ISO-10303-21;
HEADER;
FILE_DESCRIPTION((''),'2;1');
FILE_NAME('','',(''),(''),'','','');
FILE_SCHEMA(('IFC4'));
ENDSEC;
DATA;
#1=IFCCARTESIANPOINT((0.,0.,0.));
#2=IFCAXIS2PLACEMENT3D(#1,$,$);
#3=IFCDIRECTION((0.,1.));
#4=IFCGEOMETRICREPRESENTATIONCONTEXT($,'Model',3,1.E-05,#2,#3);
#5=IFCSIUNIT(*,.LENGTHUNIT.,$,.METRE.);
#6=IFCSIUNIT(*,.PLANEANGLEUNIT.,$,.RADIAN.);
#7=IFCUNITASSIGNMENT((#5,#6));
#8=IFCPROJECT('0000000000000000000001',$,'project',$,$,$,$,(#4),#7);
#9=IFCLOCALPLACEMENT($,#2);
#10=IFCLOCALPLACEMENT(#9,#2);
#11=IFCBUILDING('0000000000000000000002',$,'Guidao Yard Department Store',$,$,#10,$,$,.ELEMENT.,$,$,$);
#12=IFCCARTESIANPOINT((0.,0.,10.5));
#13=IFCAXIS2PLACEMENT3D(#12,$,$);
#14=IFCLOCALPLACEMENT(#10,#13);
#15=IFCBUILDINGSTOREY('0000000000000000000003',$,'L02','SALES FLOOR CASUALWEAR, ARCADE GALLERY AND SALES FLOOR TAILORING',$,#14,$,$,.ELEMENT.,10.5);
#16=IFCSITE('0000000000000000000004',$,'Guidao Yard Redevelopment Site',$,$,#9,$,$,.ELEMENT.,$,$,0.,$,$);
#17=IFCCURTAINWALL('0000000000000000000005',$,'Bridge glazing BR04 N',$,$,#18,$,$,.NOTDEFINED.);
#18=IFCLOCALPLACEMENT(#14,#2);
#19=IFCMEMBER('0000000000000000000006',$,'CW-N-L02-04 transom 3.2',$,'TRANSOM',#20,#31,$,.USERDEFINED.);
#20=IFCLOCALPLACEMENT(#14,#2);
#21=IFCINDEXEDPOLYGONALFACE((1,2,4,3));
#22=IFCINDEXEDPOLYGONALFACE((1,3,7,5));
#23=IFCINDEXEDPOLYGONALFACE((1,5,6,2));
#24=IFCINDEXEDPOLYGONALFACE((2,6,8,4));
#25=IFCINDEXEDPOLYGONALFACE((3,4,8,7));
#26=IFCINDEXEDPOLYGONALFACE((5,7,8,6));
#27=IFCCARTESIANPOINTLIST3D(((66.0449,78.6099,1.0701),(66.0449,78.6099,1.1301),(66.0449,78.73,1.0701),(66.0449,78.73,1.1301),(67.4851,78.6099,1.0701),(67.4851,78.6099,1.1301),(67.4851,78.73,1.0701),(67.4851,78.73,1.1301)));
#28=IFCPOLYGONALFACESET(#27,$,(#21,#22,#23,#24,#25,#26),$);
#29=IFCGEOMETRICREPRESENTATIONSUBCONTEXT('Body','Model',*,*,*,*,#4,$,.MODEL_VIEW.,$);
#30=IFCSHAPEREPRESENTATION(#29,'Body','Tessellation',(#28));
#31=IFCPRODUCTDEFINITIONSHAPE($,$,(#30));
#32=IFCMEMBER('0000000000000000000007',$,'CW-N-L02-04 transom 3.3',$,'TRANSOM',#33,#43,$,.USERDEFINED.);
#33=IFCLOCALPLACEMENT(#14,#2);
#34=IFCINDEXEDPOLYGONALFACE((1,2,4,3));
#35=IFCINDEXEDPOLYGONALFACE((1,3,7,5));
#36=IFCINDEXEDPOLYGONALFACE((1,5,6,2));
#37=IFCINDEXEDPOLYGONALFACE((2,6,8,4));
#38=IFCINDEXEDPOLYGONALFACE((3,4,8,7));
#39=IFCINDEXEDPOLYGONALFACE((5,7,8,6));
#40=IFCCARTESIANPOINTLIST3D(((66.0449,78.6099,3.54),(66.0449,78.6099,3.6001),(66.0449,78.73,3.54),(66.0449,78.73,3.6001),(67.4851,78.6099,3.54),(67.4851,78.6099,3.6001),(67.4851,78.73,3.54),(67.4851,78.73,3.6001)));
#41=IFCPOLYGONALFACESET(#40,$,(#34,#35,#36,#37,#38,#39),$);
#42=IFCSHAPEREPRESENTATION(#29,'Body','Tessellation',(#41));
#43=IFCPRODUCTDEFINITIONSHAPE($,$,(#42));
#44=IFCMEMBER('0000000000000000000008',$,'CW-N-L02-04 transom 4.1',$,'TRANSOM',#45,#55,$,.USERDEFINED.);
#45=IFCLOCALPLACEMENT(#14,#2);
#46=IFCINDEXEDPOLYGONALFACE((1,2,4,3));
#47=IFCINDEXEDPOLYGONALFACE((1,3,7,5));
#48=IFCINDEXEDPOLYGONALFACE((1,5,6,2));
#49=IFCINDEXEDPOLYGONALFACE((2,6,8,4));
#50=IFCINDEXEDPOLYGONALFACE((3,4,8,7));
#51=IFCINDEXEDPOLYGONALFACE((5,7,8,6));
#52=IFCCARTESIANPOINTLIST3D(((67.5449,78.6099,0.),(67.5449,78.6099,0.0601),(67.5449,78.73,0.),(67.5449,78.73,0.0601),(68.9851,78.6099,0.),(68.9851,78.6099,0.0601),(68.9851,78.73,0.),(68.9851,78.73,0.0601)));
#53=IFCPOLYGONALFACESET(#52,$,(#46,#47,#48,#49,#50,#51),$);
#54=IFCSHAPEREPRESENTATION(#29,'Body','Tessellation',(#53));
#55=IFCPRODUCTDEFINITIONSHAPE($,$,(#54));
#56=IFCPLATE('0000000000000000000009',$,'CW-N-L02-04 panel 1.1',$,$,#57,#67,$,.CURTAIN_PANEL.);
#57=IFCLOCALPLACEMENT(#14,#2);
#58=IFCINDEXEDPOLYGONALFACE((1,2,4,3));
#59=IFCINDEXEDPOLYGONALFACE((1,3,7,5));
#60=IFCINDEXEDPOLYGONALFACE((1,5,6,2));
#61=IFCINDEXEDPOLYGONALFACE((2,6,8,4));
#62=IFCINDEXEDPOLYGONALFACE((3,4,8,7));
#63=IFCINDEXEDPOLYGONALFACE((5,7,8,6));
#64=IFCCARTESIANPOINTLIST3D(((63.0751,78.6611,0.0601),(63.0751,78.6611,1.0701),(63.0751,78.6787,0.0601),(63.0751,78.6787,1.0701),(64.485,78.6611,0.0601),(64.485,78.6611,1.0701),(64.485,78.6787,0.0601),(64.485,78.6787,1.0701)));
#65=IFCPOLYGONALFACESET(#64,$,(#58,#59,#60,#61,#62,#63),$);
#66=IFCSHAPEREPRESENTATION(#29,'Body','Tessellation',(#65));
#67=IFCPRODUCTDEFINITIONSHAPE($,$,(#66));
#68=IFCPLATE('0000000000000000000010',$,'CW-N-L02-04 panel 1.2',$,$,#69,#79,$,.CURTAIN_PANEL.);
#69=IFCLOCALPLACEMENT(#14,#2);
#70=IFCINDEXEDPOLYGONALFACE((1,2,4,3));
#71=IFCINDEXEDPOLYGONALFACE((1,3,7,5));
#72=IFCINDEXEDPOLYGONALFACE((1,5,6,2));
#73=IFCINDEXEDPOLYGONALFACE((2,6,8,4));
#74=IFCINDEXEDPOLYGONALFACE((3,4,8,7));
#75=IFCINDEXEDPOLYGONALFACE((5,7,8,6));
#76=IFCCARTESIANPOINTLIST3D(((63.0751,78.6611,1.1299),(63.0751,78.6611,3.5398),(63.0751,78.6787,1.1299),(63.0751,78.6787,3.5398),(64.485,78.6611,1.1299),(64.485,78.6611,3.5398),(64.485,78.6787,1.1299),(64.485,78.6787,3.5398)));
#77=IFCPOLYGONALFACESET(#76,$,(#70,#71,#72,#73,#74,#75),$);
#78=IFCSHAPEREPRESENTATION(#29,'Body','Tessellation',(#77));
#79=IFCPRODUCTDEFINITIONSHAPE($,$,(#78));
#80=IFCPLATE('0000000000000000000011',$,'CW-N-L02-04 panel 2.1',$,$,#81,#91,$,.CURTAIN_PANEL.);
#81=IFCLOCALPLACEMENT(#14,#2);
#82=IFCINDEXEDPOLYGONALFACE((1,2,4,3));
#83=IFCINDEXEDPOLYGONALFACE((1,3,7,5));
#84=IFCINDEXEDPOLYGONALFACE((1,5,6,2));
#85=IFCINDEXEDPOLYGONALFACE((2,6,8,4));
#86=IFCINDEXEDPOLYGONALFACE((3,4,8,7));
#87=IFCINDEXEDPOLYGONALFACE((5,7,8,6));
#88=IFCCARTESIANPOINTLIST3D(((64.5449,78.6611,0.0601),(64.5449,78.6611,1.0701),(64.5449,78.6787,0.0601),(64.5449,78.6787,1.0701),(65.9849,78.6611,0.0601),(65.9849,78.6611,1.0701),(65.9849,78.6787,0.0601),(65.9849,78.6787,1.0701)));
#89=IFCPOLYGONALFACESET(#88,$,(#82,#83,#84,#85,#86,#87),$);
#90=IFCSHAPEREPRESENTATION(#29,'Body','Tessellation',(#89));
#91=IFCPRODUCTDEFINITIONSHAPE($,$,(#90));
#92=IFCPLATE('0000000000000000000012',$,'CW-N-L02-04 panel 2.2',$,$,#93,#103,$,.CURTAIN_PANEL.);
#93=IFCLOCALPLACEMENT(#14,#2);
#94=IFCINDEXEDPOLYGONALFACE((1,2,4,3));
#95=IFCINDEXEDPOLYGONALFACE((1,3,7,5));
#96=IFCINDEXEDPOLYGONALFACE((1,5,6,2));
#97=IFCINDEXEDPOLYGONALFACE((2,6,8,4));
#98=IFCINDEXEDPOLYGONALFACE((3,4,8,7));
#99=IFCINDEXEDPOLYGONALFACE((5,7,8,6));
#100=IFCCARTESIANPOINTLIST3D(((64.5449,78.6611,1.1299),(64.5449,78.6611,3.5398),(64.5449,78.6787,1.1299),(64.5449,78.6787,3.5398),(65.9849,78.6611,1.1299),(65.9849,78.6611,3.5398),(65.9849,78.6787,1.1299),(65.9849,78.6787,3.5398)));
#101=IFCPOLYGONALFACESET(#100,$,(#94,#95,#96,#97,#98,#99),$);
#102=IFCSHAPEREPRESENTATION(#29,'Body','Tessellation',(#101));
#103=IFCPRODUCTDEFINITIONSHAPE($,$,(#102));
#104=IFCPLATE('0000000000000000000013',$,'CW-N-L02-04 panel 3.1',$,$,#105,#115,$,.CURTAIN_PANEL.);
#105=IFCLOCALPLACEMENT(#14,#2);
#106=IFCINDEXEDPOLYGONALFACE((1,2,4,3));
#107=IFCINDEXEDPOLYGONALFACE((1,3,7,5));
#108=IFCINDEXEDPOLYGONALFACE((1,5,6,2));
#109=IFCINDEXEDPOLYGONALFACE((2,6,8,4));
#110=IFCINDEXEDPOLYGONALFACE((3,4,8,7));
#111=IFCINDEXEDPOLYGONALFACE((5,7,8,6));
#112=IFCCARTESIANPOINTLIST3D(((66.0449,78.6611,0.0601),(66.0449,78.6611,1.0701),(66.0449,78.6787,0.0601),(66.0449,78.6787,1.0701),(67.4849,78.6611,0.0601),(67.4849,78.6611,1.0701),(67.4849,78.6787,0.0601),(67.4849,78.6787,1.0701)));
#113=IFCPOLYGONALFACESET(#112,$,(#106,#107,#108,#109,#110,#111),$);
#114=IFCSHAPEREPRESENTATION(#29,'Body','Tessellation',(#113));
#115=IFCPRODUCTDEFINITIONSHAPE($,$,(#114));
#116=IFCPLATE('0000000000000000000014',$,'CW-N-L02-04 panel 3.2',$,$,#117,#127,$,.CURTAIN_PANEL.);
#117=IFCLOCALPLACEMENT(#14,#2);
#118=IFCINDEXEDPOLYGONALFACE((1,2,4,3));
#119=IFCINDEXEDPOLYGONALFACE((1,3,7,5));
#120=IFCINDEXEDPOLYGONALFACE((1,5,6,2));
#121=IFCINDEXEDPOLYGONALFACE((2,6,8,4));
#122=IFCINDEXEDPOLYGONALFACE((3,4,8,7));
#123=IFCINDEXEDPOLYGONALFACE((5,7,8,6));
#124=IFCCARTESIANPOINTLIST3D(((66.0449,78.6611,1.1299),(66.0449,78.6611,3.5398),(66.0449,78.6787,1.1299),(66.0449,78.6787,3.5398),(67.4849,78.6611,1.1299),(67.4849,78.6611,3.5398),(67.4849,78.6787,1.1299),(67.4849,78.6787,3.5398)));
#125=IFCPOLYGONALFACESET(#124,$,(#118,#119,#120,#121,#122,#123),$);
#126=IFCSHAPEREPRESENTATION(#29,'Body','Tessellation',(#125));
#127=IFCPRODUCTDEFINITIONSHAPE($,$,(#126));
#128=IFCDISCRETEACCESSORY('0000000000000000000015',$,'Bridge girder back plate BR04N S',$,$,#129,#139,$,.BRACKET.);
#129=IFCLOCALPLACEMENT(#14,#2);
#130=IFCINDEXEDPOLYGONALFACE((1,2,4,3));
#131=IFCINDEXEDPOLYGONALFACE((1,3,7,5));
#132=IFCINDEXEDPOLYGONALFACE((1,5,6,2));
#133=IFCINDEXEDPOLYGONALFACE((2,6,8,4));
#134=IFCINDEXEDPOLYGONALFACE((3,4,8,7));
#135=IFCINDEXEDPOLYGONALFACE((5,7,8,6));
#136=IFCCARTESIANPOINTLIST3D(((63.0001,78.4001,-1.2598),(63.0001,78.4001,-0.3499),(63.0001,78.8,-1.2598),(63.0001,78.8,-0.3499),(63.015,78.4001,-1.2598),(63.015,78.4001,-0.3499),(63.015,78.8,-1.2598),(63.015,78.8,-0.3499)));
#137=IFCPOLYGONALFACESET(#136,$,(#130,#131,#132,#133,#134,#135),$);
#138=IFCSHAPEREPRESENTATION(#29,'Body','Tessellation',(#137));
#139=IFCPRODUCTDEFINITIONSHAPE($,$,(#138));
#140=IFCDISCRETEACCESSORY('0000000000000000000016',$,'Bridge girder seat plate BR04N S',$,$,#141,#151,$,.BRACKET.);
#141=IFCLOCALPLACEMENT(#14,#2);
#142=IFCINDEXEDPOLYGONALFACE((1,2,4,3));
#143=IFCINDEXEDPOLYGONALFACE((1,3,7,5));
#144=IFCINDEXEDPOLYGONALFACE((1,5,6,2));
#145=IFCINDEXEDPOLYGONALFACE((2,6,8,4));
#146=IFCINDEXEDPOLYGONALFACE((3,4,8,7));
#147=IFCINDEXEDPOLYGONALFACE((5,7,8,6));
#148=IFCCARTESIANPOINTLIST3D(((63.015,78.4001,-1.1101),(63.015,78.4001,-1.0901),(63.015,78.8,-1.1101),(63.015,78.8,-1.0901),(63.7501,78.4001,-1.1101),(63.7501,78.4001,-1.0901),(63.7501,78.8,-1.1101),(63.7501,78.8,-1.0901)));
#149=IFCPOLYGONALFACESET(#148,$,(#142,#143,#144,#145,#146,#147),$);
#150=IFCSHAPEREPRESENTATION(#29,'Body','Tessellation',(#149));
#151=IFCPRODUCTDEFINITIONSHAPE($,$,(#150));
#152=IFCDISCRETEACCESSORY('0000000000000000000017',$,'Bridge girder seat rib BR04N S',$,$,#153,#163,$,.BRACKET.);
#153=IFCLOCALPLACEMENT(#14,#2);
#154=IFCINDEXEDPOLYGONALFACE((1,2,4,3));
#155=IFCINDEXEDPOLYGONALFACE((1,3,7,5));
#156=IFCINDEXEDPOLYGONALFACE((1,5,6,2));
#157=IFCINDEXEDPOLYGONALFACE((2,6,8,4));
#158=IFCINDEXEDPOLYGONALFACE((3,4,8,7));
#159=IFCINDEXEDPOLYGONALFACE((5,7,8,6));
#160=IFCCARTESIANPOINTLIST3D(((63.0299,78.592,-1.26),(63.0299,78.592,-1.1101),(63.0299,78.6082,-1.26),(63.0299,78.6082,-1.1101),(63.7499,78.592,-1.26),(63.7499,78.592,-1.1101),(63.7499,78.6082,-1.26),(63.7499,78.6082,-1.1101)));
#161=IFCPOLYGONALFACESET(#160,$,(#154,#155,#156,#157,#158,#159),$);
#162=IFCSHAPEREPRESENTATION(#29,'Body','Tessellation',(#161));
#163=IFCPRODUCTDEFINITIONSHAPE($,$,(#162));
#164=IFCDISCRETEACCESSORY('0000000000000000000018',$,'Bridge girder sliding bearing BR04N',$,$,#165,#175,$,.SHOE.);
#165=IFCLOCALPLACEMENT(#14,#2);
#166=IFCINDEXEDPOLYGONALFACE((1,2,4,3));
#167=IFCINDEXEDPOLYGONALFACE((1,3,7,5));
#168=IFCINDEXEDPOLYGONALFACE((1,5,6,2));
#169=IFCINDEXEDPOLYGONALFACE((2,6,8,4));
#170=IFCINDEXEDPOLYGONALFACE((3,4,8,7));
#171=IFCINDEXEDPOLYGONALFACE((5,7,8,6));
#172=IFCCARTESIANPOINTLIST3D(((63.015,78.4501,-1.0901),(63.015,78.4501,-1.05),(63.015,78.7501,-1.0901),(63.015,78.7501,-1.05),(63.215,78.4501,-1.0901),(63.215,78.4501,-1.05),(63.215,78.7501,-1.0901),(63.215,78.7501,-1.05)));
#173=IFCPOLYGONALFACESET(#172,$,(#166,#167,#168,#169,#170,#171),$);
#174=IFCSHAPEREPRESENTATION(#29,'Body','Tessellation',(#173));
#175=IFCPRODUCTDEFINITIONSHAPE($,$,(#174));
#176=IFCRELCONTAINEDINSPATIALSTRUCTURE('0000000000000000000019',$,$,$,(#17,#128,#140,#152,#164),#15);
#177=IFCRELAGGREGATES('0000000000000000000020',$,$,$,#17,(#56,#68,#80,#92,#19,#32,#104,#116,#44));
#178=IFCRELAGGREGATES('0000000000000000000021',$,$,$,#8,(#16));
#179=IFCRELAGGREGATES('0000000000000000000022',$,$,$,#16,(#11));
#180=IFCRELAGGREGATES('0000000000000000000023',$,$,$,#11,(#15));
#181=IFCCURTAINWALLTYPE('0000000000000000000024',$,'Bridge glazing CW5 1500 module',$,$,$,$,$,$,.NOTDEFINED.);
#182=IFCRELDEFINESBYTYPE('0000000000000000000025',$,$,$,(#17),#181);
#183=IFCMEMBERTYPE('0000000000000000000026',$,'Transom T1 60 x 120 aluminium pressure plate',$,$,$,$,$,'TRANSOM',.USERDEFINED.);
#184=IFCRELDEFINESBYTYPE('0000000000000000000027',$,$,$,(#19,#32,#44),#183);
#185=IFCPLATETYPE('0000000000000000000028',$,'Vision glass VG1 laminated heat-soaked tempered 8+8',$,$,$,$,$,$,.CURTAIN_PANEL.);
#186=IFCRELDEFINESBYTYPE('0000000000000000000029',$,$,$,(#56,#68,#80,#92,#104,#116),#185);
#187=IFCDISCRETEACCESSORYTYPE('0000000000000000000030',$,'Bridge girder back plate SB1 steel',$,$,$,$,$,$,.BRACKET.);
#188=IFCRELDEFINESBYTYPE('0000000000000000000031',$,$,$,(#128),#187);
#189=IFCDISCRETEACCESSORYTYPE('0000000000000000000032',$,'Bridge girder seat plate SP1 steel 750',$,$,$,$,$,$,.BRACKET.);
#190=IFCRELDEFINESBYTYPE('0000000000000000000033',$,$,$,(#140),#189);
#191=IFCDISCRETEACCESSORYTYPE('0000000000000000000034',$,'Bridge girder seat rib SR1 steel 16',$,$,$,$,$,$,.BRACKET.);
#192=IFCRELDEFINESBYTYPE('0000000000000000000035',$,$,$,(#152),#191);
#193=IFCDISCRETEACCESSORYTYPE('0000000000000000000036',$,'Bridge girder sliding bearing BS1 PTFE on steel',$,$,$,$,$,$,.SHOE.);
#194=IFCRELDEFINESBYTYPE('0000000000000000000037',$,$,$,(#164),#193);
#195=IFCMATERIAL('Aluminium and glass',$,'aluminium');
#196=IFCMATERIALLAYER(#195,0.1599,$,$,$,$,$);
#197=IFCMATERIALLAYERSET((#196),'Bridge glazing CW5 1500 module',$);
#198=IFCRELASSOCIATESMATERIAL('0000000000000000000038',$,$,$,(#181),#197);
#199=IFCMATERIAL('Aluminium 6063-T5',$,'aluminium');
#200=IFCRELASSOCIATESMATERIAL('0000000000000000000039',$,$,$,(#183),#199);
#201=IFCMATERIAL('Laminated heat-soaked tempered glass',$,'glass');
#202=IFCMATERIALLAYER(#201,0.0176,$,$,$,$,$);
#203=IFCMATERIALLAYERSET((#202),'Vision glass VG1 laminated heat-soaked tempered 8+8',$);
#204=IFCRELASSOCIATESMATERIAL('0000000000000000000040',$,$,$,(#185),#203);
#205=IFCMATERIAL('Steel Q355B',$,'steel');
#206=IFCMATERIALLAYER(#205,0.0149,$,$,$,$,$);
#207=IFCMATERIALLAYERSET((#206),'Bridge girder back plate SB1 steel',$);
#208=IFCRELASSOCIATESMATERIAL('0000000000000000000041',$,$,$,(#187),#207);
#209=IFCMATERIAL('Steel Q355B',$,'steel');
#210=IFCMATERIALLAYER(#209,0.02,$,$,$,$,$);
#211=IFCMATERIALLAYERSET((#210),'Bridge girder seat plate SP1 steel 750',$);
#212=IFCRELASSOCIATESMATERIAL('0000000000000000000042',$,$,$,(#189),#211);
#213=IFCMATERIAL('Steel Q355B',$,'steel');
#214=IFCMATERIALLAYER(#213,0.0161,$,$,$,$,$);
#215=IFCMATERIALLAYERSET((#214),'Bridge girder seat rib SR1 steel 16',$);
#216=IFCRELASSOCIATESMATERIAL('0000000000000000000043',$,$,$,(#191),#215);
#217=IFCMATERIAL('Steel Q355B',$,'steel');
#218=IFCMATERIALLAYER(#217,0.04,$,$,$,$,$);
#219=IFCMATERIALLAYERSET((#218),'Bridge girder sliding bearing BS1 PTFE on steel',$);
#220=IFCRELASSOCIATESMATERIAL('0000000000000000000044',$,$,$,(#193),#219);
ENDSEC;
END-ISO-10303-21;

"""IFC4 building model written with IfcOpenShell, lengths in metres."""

from ifc_helpers import new_model, si_unit, direction, frame, origin, origin_2d, place, context, subcontext, project, spatial, rectangle, extrude, material, layer, layer_set, material_profile, profile_set, type_object, element, aggregate, save


model = new_model("IFC4")

# Units and contexts
model_context = context("Model", 3, precision=1e-05, world=origin(), true_north=direction((0.0, 1.0)))
body_context = subcontext(model_context, "Body", "Model", "MODEL_VIEW")
ifc_project = project(units=[si_unit("LENGTHUNIT", "METRE"), si_unit("PLANEANGLEUNIT", "RADIAN")], contexts=[model_context])

# Site, building, storey
site_placement = place(None, origin())
site = spatial("IfcSite", under=ifc_project, at=site_placement, Name="Guidao Yard Redevelopment Site", CompositionType="ELEMENT", RefElevation=0.0)
building_placement = place(site_placement, origin())
building = spatial("IfcBuilding", under=site, at=building_placement, Name="Guidao Yard Department Store", CompositionType="ELEMENT")
storey_placement = place(building_placement, frame((0.0, 0.0, 10.5)))
storey = spatial("IfcBuildingStorey", under=building, at=storey_placement, Name="L02", Description="SALES FLOOR CASUALWEAR, ARCADE GALLERY AND SALES FLOOR TAILORING", CompositionType="ELEMENT", Elevation=10.5)

# Curtain wall, members, plates
ifc_material_1 = material(Name="Aluminium and glass", Category="aluminium")
ifc_layer_1 = layer(ifc_material_1, 0.1599)
ifc_layer_set_1 = layer_set([ifc_layer_1], Name="Bridge glazing CW5 1500 module")
curtain_wall_type = type_object("IfcCurtainWallType", Name="Bridge glazing CW5 1500 module", PredefinedType="NOTDEFINED", material=ifc_layer_set_1)
curtain_wall_placement = place(storey_placement, origin())
curtain_wall = element("IfcCurtainWall", 1, at=curtain_wall_placement, inside=storey, type_object=curtain_wall_type, Name="Bridge glazing BR04 N", PredefinedType="NOTDEFINED")
ifc_material_2 = material(Name="Aluminium 6063-T5", Category="aluminium")
ifc_material_profile_1 = material_profile(ifc_material_2, rectangle(XDim=0.1201, YDim=0.0601, at=origin_2d()), Name="Transom T1 60 x 120 aluminium pressure plate")
ifc_profile_set_1 = profile_set([ifc_material_profile_1], Name="Aluminium 6063-T5")
member_type_1 = type_object("IfcMemberType", Name="Transom T1 60 x 120 aluminium pressure plate", ElementType="TRANSOM", PredefinedType="USERDEFINED", material=ifc_profile_set_1)
member_1_placement = place(storey_placement, frame((66.0449, 78.6699, 1.1001), z_axis=(1.0, 0.0, 0.0), x_axis=(0.0, 1.0, 0.0)))
member_1 = element("IfcMember", 2, at=member_1_placement, type_object=member_type_1, Name="CW-N-L02-04 transom 3.2", ObjectType="TRANSOM", PredefinedType="USERDEFINED", context=body_context, shape_type="SweptSolid", body=[
    extrude(rectangle(XDim=0.1201, YDim=0.0601, at=origin_2d()), origin(), (0.0, 0.0, 1.0), 1.4402),
])
member_2_placement = place(storey_placement, frame((66.0449, 78.6699, 3.5701), z_axis=(1.0, 0.0, 0.0), x_axis=(0.0, 1.0, 0.0)))
member_2 = element("IfcMember", 3, at=member_2_placement, type_object=member_type_1, Name="CW-N-L02-04 transom 3.3", ObjectType="TRANSOM", PredefinedType="USERDEFINED", context=body_context, shape_type="SweptSolid", body=[
    extrude(rectangle(XDim=0.1201, YDim=0.0601, at=origin_2d()), origin(), (0.0, 0.0, 1.0), 1.4402),
])
member_3_placement = place(storey_placement, frame((67.5449, 78.6699, 0.03), z_axis=(1.0, 0.0, 0.0), x_axis=(0.0, 1.0, 0.0)))
member_3 = element("IfcMember", 4, at=member_3_placement, type_object=member_type_1, Name="CW-N-L02-04 transom 4.1", ObjectType="TRANSOM", PredefinedType="USERDEFINED", context=body_context, shape_type="SweptSolid", body=[
    extrude(rectangle(XDim=0.1201, YDim=0.0601, at=origin_2d()), origin(), (0.0, 0.0, 1.0), 1.4402),
])
ifc_material_3 = material(Name="Laminated heat-soaked tempered glass", Category="glass")
ifc_layer_2 = layer(ifc_material_3, 0.0176)
ifc_layer_set_2 = layer_set([ifc_layer_2], Name="Vision glass VG1 laminated heat-soaked tempered 8+8")
plate_type = type_object("IfcPlateType", Name="Vision glass VG1 laminated heat-soaked tempered 8+8", PredefinedType="CURTAIN_PANEL", material=ifc_layer_set_2)
plate_1_placement = place(storey_placement, frame((63.78, 78.6699, 0.0601), z_axis=(0.0, 0.0, 1.0), x_axis=(1.0, 0.0, 0.0)))
plate_1 = element("IfcPlate", 5, at=plate_1_placement, type_object=plate_type, Name="CW-N-L02-04 panel 1.1", PredefinedType="CURTAIN_PANEL", context=body_context, shape_type="SweptSolid", body=[
    extrude(rectangle(XDim=1.4099, YDim=0.0176, at=origin_2d()), origin(), (0.0, 0.0, 1.0), 1.01),
])
plate_2_placement = place(storey_placement, frame((63.78, 78.6699, 1.1299), z_axis=(0.0, 0.0, 1.0), x_axis=(1.0, 0.0, 0.0)))
plate_2 = element("IfcPlate", 6, at=plate_2_placement, type_object=plate_type, Name="CW-N-L02-04 panel 1.2", PredefinedType="CURTAIN_PANEL", context=body_context, shape_type="SweptSolid", body=[
    extrude(rectangle(XDim=1.4099, YDim=0.0176, at=origin_2d()), origin(), (0.0, 0.0, 1.0), 2.4099),
])
plate_3_placement = place(storey_placement, frame((65.2649, 78.6699, 0.0601), z_axis=(0.0, 0.0, 1.0), x_axis=(1.0, 0.0, 0.0)))
plate_3 = element("IfcPlate", 7, at=plate_3_placement, type_object=plate_type, Name="CW-N-L02-04 panel 2.1", PredefinedType="CURTAIN_PANEL", context=body_context, shape_type="SweptSolid", body=[
    extrude(rectangle(XDim=1.4399, YDim=0.0176, at=origin_2d()), origin(), (0.0, 0.0, 1.0), 1.01),
])
plate_4_placement = place(storey_placement, frame((65.2649, 78.6699, 1.1299), z_axis=(0.0, 0.0, 1.0), x_axis=(1.0, 0.0, 0.0)))
plate_4 = element("IfcPlate", 8, at=plate_4_placement, type_object=plate_type, Name="CW-N-L02-04 panel 2.2", PredefinedType="CURTAIN_PANEL", context=body_context, shape_type="SweptSolid", body=[
    extrude(rectangle(XDim=1.4399, YDim=0.0176, at=origin_2d()), origin(), (0.0, 0.0, 1.0), 2.4099),
])
plate_5_placement = place(storey_placement, frame((66.7649, 78.6699, 0.0601), z_axis=(0.0, 0.0, 1.0), x_axis=(1.0, 0.0, 0.0)))
plate_5 = element("IfcPlate", 9, at=plate_5_placement, type_object=plate_type, Name="CW-N-L02-04 panel 3.1", PredefinedType="CURTAIN_PANEL", context=body_context, shape_type="SweptSolid", body=[
    extrude(rectangle(XDim=1.4399, YDim=0.0176, at=origin_2d()), origin(), (0.0, 0.0, 1.0), 1.01),
])
plate_6_placement = place(storey_placement, frame((66.7649, 78.6699, 1.1299), z_axis=(0.0, 0.0, 1.0), x_axis=(1.0, 0.0, 0.0)))
plate_6 = element("IfcPlate", 10, at=plate_6_placement, type_object=plate_type, Name="CW-N-L02-04 panel 3.2", PredefinedType="CURTAIN_PANEL", context=body_context, shape_type="SweptSolid", body=[
    extrude(rectangle(XDim=1.4399, YDim=0.0176, at=origin_2d()), origin(), (0.0, 0.0, 1.0), 2.4099),
])
aggregate(curtain_wall, [plate_1, plate_2, plate_3, plate_4, member_1, member_2, plate_5, plate_6, member_3])

# Discrete accessories
ifc_material_4 = material(Name="Steel Q355B", Category="steel")
ifc_layer_3 = layer(ifc_material_4, 0.0149)
ifc_layer_set_3 = layer_set([ifc_layer_3], Name="Bridge girder back plate SB1 steel")
discrete_accessory_type_1 = type_object("IfcDiscreteAccessoryType", Name="Bridge girder back plate SB1 steel", PredefinedType="BRACKET", material=ifc_layer_set_3)
discrete_accessory_1_placement = place(storey_placement, frame((63.0076, 78.6001, -1.2598), z_axis=(0.0, 0.0, 1.0), x_axis=(1.0, 0.0, 0.0)))
element("IfcDiscreteAccessory", 11, at=discrete_accessory_1_placement, inside=storey, type_object=discrete_accessory_type_1, Name="Bridge girder back plate BR04N S", PredefinedType="BRACKET", context=body_context, shape_type="SweptSolid", body=[
    extrude(rectangle(XDim=0.0149, YDim=0.3999, at=origin_2d()), origin(), (0.0, 0.0, 1.0), 0.9099),
])
ifc_material_5 = material(Name="Steel Q355B", Category="steel")
ifc_layer_4 = layer(ifc_material_5, 0.02)
ifc_layer_set_4 = layer_set([ifc_layer_4], Name="Bridge girder seat plate SP1 steel 750")
discrete_accessory_type_2 = type_object("IfcDiscreteAccessoryType", Name="Bridge girder seat plate SP1 steel 750", PredefinedType="BRACKET", material=ifc_layer_set_4)
discrete_accessory_2_placement = place(storey_placement, frame((63.3826, 78.6001, -1.1101), z_axis=(0.0, 0.0, 1.0), x_axis=(1.0, 0.0, 0.0)))
element("IfcDiscreteAccessory", 12, at=discrete_accessory_2_placement, inside=storey, type_object=discrete_accessory_type_2, Name="Bridge girder seat plate BR04N S", PredefinedType="BRACKET", context=body_context, shape_type="SweptSolid", body=[
    extrude(rectangle(XDim=0.7351, YDim=0.3999, at=origin_2d()), origin(), (0.0, 0.0, 1.0), 0.02),
])
ifc_material_6 = material(Name="Steel Q355B", Category="steel")
ifc_layer_5 = layer(ifc_material_6, 0.0161)
ifc_layer_set_5 = layer_set([ifc_layer_5], Name="Bridge girder seat rib SR1 steel 16")
discrete_accessory_type_3 = type_object("IfcDiscreteAccessoryType", Name="Bridge girder seat rib SR1 steel 16", PredefinedType="BRACKET", material=ifc_layer_set_5)
discrete_accessory_3_placement = place(storey_placement, frame((63.3899, 78.6001, -1.26), z_axis=(0.0, 0.0, 1.0), x_axis=(1.0, 0.0, 0.0)))
element("IfcDiscreteAccessory", 13, at=discrete_accessory_3_placement, inside=storey, type_object=discrete_accessory_type_3, Name="Bridge girder seat rib BR04N S", PredefinedType="BRACKET", context=body_context, shape_type="SweptSolid", body=[
    extrude(rectangle(XDim=0.72, YDim=0.0161, at=origin_2d()), origin(), (0.0, 0.0, 1.0), 0.1499),
])
ifc_material_7 = material(Name="Steel Q355B", Category="steel")
ifc_layer_6 = layer(ifc_material_7, 0.04)
ifc_layer_set_6 = layer_set([ifc_layer_6], Name="Bridge girder sliding bearing BS1 PTFE on steel")
discrete_accessory_type_4 = type_object("IfcDiscreteAccessoryType", Name="Bridge girder sliding bearing BS1 PTFE on steel", PredefinedType="SHOE", material=ifc_layer_set_6)
discrete_accessory_4_placement = place(storey_placement, frame((63.115, 78.6001, -1.0901), z_axis=(0.0, 0.0, 1.0), x_axis=(1.0, 0.0, 0.0)))
element("IfcDiscreteAccessory", 14, at=discrete_accessory_4_placement, inside=storey, type_object=discrete_accessory_type_4, Name="Bridge girder sliding bearing BR04N", PredefinedType="SHOE", context=body_context, shape_type="SweptSolid", body=[
    extrude(rectangle(XDim=0.2, YDim=0.3, at=origin_2d()), origin(), (0.0, 0.0, 1.0), 0.04),
])

save(model, "model.ifc")
